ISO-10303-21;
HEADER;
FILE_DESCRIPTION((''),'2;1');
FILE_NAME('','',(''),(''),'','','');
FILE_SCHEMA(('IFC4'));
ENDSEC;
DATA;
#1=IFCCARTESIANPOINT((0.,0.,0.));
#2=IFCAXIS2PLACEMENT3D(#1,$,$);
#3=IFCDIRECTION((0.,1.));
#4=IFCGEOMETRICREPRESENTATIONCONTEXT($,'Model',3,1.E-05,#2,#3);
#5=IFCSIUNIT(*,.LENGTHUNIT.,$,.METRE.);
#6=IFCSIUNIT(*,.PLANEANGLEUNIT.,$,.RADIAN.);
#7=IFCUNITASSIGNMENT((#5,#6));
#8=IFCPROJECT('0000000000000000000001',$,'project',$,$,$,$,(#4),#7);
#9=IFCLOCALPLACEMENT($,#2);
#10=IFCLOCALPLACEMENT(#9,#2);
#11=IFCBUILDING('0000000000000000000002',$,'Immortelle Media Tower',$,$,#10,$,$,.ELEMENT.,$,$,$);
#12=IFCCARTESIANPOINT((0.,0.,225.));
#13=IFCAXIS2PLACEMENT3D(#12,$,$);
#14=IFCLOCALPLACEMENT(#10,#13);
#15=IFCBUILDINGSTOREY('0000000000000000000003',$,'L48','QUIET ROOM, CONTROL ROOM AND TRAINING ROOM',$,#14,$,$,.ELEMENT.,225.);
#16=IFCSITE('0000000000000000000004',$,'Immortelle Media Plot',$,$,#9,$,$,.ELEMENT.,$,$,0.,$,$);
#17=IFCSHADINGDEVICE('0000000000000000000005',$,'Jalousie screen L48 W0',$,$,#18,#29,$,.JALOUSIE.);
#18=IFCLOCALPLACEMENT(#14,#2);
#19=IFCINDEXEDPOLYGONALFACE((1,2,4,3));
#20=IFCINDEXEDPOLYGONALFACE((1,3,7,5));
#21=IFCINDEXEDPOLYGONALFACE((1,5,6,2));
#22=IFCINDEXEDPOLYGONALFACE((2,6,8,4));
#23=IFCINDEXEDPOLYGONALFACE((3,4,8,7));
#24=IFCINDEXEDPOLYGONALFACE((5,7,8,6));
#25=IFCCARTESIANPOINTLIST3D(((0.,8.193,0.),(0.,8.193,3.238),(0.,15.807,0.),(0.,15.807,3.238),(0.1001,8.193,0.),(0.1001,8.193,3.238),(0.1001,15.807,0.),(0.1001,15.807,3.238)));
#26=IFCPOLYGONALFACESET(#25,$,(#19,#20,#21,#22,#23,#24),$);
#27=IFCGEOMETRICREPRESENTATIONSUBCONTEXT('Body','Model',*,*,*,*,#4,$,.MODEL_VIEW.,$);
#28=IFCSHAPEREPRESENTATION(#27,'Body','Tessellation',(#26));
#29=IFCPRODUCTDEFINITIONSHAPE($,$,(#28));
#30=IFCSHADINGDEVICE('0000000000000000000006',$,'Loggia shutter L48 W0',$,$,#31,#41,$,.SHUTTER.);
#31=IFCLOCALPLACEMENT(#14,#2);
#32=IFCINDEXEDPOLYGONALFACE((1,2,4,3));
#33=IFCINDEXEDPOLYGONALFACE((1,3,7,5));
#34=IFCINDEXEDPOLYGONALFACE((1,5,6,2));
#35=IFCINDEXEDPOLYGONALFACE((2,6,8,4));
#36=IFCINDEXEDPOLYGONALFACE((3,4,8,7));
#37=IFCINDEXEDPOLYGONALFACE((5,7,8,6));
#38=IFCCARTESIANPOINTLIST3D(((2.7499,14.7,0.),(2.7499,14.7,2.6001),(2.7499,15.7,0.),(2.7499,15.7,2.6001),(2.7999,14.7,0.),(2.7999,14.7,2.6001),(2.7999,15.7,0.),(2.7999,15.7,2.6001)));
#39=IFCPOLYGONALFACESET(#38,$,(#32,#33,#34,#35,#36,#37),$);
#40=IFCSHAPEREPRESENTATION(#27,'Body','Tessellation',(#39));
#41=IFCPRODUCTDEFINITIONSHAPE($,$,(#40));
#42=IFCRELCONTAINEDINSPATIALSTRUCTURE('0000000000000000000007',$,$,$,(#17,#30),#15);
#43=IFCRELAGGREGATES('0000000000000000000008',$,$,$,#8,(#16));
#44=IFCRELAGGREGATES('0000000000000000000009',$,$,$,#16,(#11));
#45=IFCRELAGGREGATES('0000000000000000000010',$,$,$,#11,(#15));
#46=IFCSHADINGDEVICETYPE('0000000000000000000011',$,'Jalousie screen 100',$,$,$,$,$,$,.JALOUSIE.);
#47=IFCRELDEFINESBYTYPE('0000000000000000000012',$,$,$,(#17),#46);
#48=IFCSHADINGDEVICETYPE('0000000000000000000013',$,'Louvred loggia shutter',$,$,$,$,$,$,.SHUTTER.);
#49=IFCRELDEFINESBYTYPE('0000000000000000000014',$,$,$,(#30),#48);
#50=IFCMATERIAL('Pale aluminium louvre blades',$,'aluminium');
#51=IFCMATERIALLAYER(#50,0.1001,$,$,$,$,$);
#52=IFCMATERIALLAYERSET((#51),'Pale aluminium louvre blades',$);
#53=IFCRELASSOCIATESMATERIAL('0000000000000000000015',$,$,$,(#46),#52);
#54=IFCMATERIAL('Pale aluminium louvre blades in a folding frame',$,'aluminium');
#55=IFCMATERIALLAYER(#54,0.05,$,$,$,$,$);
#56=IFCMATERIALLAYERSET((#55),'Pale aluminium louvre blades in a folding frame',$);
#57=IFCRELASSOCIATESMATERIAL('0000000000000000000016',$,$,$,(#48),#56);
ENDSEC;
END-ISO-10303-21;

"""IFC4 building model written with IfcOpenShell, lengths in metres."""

from ifc_helpers import new_model, si_unit, direction, frame, origin, origin_2d, place, context, subcontext, project, spatial, rectangle, extrude, material, layer, layer_set, type_object, element, save


model = new_model("IFC4")

# Units and contexts
model_context = context("Model", 3, precision=1e-05, world=origin(), true_north=direction((0.0, 1.0)))
body_context = subcontext(model_context, "Body", "Model", "MODEL_VIEW")
ifc_project = project(units=[si_unit("LENGTHUNIT", "METRE"), si_unit("PLANEANGLEUNIT", "RADIAN")], contexts=[model_context])

# Site, building, storey
site_placement = place(None, origin())
site = spatial("IfcSite", under=ifc_project, at=site_placement, Name="Immortelle Media Plot", CompositionType="ELEMENT", RefElevation=0.0)
building_placement = place(site_placement, origin())
building = spatial("IfcBuilding", under=site, at=building_placement, Name="Immortelle Media Tower", CompositionType="ELEMENT")
storey_placement = place(building_placement, frame((0.0, 0.0, 225.0)))
storey = spatial("IfcBuildingStorey", under=building, at=storey_placement, Name="L48", Description="QUIET ROOM, CONTROL ROOM AND TRAINING ROOM", CompositionType="ELEMENT", Elevation=225.0)

# Shading devices
ifc_material_1 = material(Name="Pale aluminium louvre blades", Category="aluminium")
ifc_layer_1 = layer(ifc_material_1, 0.1001)
ifc_layer_set_1 = layer_set([ifc_layer_1], Name="Pale aluminium louvre blades")
shading_device_type_1 = type_object("IfcShadingDeviceType", Name="Jalousie screen 100", PredefinedType="JALOUSIE", material=ifc_layer_set_1)
shading_device_1_placement = place(storey_placement, frame((0.05, 12.0, 0.0), z_axis=(0.0, 0.0, 1.0), x_axis=(0.0, -1.0, 0.0)))
element("IfcShadingDevice", 1, at=shading_device_1_placement, inside=storey, type_object=shading_device_type_1, Name="Jalousie screen L48 W0", PredefinedType="JALOUSIE", context=body_context, shape_type="SweptSolid", body=[
    extrude(rectangle(XDim=7.614, YDim=0.1001, at=origin_2d()), origin(), (0.0, 0.0, 1.0), 3.238),
])
ifc_material_2 = material(Name="Pale aluminium louvre blades in a folding frame", Category="aluminium")
ifc_layer_2 = layer(ifc_material_2, 0.05)
ifc_layer_set_2 = layer_set([ifc_layer_2], Name="Pale aluminium louvre blades in a folding frame")
shading_device_type_2 = type_object("IfcShadingDeviceType", Name="Louvred loggia shutter", PredefinedType="SHUTTER", material=ifc_layer_set_2)
shading_device_2_placement = place(storey_placement, frame((2.7749, 15.2, 0.0), z_axis=(0.0, 0.0, 1.0), x_axis=(0.0, -1.0, 0.0)))
element("IfcShadingDevice", 2, at=shading_device_2_placement, inside=storey, type_object=shading_device_type_2, Name="Loggia shutter L48 W0", PredefinedType="SHUTTER", context=body_context, shape_type="SweptSolid", body=[
    extrude(rectangle(XDim=1.0, YDim=0.05, at=origin_2d()), origin(), (0.0, 0.0, 1.0), 2.6001),
])

save(model, "model.ifc")
